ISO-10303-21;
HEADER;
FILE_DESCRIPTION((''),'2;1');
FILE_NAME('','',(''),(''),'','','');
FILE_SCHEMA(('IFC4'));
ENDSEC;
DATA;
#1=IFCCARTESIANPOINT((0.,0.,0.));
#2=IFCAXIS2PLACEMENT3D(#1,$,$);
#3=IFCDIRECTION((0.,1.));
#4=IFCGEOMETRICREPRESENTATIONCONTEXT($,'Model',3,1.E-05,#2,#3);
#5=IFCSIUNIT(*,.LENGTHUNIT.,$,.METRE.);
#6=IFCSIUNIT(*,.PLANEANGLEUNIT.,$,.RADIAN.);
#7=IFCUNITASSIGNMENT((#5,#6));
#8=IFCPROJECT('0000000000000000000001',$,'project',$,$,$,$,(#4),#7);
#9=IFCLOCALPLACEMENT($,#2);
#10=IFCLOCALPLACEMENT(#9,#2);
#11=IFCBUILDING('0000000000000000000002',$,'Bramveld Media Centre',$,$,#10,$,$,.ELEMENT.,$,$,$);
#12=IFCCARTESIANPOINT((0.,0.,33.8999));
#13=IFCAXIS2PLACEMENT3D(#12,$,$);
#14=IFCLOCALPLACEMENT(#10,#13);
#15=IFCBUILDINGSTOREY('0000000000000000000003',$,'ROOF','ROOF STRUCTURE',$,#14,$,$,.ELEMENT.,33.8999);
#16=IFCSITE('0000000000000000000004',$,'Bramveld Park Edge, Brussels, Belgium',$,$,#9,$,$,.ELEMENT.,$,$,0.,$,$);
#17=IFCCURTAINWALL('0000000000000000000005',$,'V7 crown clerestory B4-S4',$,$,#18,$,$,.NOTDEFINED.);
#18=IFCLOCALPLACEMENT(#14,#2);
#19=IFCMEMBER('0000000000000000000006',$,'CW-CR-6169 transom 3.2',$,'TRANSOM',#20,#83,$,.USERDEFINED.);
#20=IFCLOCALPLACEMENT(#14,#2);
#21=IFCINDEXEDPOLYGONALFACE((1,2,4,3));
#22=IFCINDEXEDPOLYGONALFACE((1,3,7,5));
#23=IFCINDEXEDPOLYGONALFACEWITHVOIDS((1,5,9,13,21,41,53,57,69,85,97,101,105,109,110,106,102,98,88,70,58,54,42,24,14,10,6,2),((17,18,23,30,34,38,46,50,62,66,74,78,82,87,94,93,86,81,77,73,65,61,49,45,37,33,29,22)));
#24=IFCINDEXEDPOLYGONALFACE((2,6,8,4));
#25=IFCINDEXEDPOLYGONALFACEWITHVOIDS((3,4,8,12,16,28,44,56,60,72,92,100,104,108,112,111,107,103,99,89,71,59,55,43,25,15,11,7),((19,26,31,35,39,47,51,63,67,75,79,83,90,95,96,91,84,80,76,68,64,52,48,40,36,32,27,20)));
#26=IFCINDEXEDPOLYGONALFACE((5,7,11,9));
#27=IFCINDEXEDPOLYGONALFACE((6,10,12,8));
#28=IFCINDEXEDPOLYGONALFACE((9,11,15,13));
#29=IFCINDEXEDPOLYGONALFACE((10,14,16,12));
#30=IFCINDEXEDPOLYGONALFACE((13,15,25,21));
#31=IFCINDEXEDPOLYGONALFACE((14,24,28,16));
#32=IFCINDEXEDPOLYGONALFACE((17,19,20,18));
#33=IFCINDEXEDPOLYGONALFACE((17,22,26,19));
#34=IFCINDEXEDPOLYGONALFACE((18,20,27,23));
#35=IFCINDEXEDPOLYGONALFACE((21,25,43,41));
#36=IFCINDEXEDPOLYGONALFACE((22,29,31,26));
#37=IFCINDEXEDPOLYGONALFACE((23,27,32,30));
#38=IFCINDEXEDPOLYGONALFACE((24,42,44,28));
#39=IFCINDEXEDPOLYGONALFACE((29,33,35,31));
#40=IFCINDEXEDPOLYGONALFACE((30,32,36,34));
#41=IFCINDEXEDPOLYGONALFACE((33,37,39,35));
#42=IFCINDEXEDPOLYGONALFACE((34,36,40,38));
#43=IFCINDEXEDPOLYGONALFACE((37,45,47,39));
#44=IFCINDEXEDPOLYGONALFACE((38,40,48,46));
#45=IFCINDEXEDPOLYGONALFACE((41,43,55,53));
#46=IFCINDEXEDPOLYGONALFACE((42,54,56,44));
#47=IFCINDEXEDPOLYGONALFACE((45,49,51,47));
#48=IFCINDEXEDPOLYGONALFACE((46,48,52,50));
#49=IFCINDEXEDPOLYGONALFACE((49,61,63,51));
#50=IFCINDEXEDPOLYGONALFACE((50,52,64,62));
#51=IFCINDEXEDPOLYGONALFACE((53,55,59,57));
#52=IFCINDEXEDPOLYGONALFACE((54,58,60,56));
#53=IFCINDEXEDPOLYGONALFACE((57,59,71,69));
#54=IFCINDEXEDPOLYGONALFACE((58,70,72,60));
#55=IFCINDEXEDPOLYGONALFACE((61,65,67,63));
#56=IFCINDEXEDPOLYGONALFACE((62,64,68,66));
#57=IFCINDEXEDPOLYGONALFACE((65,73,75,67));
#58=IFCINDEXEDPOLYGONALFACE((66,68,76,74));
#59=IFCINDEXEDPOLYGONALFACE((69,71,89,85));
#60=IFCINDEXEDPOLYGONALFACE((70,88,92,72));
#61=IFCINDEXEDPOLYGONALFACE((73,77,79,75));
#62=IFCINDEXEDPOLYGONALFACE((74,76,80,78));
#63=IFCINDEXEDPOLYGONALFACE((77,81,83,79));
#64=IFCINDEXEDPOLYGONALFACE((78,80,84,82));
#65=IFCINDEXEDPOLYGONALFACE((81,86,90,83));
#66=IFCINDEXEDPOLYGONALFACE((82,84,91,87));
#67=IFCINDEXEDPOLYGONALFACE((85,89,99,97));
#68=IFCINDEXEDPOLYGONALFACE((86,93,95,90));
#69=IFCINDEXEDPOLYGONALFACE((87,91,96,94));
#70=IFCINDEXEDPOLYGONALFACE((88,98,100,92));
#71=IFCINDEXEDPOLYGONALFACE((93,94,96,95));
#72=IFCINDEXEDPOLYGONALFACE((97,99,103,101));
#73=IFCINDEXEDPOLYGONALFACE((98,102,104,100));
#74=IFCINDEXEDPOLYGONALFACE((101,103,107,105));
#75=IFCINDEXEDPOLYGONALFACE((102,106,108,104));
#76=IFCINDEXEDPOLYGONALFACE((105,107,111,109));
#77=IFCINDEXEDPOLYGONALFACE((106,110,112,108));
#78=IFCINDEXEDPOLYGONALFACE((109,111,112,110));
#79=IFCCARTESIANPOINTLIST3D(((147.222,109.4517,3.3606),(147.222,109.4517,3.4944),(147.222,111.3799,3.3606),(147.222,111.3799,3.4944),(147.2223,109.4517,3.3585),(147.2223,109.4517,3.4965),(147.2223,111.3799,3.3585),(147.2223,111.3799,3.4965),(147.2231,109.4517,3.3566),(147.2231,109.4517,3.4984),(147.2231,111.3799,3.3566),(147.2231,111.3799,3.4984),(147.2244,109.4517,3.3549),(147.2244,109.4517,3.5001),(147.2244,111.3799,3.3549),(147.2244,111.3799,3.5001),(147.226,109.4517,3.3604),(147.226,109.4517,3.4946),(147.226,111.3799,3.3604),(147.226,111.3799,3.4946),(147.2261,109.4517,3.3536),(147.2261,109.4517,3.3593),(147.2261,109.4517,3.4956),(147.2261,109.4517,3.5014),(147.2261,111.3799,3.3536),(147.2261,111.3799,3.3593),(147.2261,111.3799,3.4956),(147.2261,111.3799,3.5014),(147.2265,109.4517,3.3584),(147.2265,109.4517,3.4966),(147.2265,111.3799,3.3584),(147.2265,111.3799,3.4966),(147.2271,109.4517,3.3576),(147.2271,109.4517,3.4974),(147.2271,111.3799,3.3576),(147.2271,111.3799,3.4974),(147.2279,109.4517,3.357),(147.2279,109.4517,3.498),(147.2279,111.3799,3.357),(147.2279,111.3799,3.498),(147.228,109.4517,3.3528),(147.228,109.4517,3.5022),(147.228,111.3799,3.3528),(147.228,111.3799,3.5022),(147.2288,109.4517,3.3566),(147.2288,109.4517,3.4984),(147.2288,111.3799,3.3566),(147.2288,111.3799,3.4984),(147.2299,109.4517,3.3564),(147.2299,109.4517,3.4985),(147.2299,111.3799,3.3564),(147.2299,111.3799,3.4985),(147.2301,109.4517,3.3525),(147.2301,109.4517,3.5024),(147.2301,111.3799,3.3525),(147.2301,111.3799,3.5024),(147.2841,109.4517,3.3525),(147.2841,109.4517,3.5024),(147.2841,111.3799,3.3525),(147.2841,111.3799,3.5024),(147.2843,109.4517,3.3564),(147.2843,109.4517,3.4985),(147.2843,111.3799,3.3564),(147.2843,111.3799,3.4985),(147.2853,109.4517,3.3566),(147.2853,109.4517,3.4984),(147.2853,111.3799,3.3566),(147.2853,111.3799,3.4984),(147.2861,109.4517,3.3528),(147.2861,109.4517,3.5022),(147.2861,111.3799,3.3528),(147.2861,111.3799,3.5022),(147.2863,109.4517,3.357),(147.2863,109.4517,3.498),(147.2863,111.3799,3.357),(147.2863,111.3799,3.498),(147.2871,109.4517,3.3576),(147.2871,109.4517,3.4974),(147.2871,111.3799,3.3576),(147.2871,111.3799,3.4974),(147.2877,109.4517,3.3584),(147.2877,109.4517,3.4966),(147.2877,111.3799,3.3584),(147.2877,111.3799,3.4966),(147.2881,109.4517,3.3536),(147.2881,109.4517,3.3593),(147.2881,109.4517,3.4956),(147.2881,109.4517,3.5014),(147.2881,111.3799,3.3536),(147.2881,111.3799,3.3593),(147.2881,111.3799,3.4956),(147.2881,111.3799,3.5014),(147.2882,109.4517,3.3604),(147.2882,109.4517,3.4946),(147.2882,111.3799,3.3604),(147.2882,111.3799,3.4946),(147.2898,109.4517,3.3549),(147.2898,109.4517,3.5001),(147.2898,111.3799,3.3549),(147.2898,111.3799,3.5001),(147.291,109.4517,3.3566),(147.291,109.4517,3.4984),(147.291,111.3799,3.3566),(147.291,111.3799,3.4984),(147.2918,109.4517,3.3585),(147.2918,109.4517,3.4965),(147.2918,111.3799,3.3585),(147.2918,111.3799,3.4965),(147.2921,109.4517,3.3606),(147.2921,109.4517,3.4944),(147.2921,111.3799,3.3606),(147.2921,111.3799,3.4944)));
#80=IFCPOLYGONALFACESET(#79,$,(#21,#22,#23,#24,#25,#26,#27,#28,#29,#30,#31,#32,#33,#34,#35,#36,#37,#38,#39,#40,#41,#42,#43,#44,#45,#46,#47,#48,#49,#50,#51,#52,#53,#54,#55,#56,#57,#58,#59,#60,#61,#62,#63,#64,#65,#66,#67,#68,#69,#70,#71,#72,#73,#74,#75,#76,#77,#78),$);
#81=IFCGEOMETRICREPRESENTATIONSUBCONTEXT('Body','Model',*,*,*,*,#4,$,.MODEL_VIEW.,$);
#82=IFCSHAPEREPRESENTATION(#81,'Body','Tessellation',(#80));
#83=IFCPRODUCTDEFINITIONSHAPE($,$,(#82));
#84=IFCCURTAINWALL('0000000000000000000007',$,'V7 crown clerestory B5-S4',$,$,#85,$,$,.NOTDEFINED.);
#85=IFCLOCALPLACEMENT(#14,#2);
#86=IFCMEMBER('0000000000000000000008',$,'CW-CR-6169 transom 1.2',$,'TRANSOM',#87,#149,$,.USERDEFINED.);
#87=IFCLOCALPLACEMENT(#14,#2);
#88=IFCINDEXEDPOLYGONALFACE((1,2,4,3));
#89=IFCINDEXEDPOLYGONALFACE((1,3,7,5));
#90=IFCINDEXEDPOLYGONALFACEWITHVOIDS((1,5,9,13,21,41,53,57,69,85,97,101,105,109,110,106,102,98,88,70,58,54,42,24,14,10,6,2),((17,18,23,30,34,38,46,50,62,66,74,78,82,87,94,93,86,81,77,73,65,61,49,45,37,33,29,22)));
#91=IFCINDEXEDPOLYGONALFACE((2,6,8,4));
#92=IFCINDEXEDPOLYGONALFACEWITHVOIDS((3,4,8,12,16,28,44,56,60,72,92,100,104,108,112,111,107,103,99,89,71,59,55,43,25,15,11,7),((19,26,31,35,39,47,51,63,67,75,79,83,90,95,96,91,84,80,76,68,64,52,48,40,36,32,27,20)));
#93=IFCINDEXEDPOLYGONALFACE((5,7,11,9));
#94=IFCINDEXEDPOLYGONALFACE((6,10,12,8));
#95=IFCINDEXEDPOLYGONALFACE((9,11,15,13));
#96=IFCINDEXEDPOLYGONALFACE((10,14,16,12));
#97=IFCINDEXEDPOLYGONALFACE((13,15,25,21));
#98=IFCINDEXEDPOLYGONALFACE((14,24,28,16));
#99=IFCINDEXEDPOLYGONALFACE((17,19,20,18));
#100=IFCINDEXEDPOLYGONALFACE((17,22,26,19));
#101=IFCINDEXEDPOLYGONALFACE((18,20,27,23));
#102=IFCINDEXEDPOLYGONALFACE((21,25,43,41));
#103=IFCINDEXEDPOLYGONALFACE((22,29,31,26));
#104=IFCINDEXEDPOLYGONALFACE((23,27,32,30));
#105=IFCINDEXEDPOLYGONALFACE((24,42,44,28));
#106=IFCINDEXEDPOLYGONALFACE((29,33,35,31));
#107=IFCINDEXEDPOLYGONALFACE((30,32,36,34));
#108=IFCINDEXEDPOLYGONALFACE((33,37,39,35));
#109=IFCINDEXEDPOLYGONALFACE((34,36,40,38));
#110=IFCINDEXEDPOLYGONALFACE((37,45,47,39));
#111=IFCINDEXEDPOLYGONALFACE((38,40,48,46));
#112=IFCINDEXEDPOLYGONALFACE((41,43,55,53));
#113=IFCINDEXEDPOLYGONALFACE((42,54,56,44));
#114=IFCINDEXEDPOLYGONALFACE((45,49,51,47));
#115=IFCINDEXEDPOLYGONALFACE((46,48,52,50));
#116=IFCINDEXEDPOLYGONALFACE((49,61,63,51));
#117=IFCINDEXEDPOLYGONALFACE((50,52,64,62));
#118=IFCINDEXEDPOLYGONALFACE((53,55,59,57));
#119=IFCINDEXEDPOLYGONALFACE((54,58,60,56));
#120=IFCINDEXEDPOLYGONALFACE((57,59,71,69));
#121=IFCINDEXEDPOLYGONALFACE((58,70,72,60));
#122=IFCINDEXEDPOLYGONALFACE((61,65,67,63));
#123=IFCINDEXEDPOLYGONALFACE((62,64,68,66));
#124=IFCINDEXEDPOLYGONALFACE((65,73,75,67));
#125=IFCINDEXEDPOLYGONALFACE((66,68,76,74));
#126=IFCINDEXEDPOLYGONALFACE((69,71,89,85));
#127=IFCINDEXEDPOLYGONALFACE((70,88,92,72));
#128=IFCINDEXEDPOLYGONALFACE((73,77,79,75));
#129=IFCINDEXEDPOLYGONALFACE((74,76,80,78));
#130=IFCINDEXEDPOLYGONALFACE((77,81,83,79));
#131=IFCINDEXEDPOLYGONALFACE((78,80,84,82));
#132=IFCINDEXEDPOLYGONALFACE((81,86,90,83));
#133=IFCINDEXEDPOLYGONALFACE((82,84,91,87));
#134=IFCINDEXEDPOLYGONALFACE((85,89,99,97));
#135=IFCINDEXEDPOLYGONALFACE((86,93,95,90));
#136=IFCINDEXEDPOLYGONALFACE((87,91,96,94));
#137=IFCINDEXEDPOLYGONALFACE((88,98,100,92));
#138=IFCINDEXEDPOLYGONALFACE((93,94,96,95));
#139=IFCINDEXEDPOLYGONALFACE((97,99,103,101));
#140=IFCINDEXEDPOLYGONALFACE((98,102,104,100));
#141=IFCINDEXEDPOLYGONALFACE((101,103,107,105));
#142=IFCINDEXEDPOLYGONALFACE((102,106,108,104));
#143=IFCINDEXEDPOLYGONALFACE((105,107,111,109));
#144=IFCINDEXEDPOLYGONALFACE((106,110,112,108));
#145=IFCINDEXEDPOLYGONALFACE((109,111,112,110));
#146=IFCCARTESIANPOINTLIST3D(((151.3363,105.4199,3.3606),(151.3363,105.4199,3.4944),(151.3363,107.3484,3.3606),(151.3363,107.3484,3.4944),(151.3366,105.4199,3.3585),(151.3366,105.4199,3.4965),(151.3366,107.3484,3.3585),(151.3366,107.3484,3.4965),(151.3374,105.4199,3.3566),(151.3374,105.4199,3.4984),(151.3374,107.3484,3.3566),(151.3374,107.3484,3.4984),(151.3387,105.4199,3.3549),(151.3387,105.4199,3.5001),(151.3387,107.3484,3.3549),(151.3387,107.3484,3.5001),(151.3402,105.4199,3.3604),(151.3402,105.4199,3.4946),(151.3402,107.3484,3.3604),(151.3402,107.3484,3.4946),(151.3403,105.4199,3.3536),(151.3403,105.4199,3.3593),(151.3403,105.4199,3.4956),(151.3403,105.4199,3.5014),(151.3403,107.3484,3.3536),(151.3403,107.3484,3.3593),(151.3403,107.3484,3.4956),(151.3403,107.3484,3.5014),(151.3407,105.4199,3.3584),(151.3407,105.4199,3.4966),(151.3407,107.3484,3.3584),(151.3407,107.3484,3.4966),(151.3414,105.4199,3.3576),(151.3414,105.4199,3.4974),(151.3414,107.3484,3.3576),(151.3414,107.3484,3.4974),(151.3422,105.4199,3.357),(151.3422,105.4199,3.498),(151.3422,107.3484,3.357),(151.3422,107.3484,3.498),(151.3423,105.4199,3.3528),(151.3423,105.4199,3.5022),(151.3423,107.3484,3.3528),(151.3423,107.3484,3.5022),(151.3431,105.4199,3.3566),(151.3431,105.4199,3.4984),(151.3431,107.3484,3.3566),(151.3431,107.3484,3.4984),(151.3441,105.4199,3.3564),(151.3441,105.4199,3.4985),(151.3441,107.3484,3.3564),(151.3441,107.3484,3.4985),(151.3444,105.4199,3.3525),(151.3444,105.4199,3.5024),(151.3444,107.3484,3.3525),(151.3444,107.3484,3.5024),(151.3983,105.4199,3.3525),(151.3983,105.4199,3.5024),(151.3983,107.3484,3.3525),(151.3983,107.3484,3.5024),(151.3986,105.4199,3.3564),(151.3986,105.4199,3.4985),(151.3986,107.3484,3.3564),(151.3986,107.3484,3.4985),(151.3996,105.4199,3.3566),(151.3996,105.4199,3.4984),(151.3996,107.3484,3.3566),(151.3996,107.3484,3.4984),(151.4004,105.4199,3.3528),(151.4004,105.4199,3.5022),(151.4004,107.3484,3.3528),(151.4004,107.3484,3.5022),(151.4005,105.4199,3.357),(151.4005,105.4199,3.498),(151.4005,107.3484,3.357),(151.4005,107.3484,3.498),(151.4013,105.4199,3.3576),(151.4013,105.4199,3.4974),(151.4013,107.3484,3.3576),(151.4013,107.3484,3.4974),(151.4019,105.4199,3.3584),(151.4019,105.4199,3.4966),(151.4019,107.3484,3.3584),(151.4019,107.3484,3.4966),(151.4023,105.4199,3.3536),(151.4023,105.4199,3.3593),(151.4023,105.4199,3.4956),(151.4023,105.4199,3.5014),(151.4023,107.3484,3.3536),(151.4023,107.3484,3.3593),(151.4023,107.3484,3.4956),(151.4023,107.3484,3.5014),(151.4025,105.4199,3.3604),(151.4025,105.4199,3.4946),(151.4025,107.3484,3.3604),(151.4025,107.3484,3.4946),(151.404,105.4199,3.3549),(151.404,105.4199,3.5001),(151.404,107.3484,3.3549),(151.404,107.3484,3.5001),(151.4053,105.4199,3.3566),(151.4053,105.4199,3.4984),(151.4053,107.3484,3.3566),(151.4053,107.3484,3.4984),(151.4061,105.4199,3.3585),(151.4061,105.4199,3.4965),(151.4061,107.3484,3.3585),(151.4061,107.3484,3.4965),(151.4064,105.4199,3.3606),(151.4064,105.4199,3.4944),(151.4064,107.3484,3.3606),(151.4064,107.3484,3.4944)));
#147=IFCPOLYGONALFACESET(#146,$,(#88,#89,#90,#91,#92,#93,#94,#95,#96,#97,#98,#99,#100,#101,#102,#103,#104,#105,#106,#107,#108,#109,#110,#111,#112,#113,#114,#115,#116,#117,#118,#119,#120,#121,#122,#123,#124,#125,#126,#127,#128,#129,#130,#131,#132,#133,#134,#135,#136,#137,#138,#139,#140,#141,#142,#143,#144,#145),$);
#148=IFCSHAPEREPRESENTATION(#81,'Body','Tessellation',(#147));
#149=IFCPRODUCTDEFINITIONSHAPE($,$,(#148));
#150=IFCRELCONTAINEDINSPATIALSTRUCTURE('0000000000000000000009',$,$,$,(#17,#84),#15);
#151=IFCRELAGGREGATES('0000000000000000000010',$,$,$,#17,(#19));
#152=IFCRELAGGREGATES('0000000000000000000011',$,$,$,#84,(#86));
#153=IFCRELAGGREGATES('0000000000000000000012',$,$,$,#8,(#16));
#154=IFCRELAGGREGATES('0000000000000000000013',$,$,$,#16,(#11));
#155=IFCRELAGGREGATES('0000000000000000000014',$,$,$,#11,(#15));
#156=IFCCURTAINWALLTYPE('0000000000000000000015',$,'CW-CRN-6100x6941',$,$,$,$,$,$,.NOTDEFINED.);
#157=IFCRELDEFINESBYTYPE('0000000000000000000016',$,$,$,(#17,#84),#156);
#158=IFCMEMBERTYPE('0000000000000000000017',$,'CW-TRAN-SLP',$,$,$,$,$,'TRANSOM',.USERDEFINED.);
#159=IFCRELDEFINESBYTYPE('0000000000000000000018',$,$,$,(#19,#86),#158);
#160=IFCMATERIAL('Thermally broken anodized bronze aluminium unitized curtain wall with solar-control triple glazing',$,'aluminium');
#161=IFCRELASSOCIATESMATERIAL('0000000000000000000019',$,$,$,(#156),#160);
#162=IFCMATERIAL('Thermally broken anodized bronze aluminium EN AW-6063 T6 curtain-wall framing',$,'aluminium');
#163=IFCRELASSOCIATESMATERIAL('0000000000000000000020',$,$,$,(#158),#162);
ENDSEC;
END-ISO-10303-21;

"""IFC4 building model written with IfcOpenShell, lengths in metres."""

from ifc_helpers import new_model, si_unit, direction, frame, origin, origin_2d, place, context, subcontext, project, spatial, hollow_rectangle, extrude, material, material_profile, profile_set, type_object, element, aggregate, save


model = new_model("IFC4")

# Units and contexts
model_context = context("Model", 3, precision=1e-05, world=origin(), true_north=direction((0.0, 1.0)))
body_context = subcontext(model_context, "Body", "Model", "MODEL_VIEW")
ifc_project = project(units=[si_unit("LENGTHUNIT", "METRE"), si_unit("PLANEANGLEUNIT", "RADIAN")], contexts=[model_context])

# Site, building, storey
site_placement = place(None, origin())
site = spatial("IfcSite", under=ifc_project, at=site_placement, Name="Bramveld Park Edge, Brussels, Belgium", CompositionType="ELEMENT", RefElevation=0.0)
building_placement = place(site_placement, origin())
building = spatial("IfcBuilding", under=site, at=building_placement, Name="Bramveld Media Centre", CompositionType="ELEMENT")
storey_placement = place(building_placement, frame((0.0, 0.0, 33.8999)))
storey = spatial("IfcBuildingStorey", under=building, at=storey_placement, Name="ROOF", Description="ROOF STRUCTURE", CompositionType="ELEMENT", Elevation=33.8999)

# Curtain walls, members
ifc_material_1 = material(Name="Thermally broken anodized bronze aluminium unitized curtain wall with solar-control triple glazing", Category="aluminium")
curtain_wall_type = type_object("IfcCurtainWallType", Name="CW-CRN-6100x6941", PredefinedType="NOTDEFINED", material=ifc_material_1)
curtain_wall_1_placement = place(storey_placement, origin())
curtain_wall_1 = element("IfcCurtainWall", 1, at=curtain_wall_1_placement, inside=storey, type_object=curtain_wall_type, Name="V7 crown clerestory B4-S4", PredefinedType="NOTDEFINED")
ifc_material_2 = material(Name="Thermally broken anodized bronze aluminium EN AW-6063 T6 curtain-wall framing", Category="aluminium")
ifc_material_profile = material_profile(ifc_material_2, hollow_rectangle(XDim=0.0701, YDim=0.1499, WallThickness=0.0039, InnerFilletRadius=0.0039, OuterFilletRadius=0.0081, at=origin_2d()), Name="AL-TRAN 70x150")
ifc_profile_set = profile_set([ifc_material_profile], Name="Thermally broken anodized bronze aluminium EN AW-6063 T6 curtain-wall framing")
member_type = type_object("IfcMemberType", Name="CW-TRAN-SLP", ElementType="TRANSOM", PredefinedType="USERDEFINED", material=ifc_profile_set)
member_1_placement = place(storey_placement, frame((147.2571, 109.4517, 3.4275), z_axis=(0.0, 1.0, 0.0), x_axis=(-1.0, 0.0, 0.0)))
member_1 = element("IfcMember", 2, at=member_1_placement, type_object=member_type, Name="CW-CR-6169 transom 3.2", ObjectType="TRANSOM", PredefinedType="USERDEFINED", context=body_context, shape_type="SweptSolid", body=[
    extrude(hollow_rectangle(XDim=0.0701, YDim=0.1499, WallThickness=0.0039, InnerFilletRadius=0.0039, OuterFilletRadius=0.0081, at=origin_2d()), origin(), (0.0, 0.0, 1.0), 1.9282),
])
curtain_wall_2_placement = place(storey_placement, origin())
curtain_wall_2 = element("IfcCurtainWall", 3, at=curtain_wall_2_placement, inside=storey, type_object=curtain_wall_type, Name="V7 crown clerestory B5-S4", PredefinedType="NOTDEFINED")
member_2_placement = place(storey_placement, frame((151.3713, 105.4199, 3.4275), z_axis=(0.0, 1.0, 0.0), x_axis=(-1.0, 0.0, 0.0)))
member_2 = element("IfcMember", 4, at=member_2_placement, type_object=member_type, Name="CW-CR-6169 transom 1.2", ObjectType="TRANSOM", PredefinedType="USERDEFINED", context=body_context, shape_type="SweptSolid", body=[
    extrude(hollow_rectangle(XDim=0.0701, YDim=0.1499, WallThickness=0.0039, InnerFilletRadius=0.0039, OuterFilletRadius=0.0081, at=origin_2d()), origin(), (0.0, 0.0, 1.0), 1.9285),
])

aggregate(curtain_wall_1, [member_1])
aggregate(curtain_wall_2, [member_2])

save(model, "model.ifc")
